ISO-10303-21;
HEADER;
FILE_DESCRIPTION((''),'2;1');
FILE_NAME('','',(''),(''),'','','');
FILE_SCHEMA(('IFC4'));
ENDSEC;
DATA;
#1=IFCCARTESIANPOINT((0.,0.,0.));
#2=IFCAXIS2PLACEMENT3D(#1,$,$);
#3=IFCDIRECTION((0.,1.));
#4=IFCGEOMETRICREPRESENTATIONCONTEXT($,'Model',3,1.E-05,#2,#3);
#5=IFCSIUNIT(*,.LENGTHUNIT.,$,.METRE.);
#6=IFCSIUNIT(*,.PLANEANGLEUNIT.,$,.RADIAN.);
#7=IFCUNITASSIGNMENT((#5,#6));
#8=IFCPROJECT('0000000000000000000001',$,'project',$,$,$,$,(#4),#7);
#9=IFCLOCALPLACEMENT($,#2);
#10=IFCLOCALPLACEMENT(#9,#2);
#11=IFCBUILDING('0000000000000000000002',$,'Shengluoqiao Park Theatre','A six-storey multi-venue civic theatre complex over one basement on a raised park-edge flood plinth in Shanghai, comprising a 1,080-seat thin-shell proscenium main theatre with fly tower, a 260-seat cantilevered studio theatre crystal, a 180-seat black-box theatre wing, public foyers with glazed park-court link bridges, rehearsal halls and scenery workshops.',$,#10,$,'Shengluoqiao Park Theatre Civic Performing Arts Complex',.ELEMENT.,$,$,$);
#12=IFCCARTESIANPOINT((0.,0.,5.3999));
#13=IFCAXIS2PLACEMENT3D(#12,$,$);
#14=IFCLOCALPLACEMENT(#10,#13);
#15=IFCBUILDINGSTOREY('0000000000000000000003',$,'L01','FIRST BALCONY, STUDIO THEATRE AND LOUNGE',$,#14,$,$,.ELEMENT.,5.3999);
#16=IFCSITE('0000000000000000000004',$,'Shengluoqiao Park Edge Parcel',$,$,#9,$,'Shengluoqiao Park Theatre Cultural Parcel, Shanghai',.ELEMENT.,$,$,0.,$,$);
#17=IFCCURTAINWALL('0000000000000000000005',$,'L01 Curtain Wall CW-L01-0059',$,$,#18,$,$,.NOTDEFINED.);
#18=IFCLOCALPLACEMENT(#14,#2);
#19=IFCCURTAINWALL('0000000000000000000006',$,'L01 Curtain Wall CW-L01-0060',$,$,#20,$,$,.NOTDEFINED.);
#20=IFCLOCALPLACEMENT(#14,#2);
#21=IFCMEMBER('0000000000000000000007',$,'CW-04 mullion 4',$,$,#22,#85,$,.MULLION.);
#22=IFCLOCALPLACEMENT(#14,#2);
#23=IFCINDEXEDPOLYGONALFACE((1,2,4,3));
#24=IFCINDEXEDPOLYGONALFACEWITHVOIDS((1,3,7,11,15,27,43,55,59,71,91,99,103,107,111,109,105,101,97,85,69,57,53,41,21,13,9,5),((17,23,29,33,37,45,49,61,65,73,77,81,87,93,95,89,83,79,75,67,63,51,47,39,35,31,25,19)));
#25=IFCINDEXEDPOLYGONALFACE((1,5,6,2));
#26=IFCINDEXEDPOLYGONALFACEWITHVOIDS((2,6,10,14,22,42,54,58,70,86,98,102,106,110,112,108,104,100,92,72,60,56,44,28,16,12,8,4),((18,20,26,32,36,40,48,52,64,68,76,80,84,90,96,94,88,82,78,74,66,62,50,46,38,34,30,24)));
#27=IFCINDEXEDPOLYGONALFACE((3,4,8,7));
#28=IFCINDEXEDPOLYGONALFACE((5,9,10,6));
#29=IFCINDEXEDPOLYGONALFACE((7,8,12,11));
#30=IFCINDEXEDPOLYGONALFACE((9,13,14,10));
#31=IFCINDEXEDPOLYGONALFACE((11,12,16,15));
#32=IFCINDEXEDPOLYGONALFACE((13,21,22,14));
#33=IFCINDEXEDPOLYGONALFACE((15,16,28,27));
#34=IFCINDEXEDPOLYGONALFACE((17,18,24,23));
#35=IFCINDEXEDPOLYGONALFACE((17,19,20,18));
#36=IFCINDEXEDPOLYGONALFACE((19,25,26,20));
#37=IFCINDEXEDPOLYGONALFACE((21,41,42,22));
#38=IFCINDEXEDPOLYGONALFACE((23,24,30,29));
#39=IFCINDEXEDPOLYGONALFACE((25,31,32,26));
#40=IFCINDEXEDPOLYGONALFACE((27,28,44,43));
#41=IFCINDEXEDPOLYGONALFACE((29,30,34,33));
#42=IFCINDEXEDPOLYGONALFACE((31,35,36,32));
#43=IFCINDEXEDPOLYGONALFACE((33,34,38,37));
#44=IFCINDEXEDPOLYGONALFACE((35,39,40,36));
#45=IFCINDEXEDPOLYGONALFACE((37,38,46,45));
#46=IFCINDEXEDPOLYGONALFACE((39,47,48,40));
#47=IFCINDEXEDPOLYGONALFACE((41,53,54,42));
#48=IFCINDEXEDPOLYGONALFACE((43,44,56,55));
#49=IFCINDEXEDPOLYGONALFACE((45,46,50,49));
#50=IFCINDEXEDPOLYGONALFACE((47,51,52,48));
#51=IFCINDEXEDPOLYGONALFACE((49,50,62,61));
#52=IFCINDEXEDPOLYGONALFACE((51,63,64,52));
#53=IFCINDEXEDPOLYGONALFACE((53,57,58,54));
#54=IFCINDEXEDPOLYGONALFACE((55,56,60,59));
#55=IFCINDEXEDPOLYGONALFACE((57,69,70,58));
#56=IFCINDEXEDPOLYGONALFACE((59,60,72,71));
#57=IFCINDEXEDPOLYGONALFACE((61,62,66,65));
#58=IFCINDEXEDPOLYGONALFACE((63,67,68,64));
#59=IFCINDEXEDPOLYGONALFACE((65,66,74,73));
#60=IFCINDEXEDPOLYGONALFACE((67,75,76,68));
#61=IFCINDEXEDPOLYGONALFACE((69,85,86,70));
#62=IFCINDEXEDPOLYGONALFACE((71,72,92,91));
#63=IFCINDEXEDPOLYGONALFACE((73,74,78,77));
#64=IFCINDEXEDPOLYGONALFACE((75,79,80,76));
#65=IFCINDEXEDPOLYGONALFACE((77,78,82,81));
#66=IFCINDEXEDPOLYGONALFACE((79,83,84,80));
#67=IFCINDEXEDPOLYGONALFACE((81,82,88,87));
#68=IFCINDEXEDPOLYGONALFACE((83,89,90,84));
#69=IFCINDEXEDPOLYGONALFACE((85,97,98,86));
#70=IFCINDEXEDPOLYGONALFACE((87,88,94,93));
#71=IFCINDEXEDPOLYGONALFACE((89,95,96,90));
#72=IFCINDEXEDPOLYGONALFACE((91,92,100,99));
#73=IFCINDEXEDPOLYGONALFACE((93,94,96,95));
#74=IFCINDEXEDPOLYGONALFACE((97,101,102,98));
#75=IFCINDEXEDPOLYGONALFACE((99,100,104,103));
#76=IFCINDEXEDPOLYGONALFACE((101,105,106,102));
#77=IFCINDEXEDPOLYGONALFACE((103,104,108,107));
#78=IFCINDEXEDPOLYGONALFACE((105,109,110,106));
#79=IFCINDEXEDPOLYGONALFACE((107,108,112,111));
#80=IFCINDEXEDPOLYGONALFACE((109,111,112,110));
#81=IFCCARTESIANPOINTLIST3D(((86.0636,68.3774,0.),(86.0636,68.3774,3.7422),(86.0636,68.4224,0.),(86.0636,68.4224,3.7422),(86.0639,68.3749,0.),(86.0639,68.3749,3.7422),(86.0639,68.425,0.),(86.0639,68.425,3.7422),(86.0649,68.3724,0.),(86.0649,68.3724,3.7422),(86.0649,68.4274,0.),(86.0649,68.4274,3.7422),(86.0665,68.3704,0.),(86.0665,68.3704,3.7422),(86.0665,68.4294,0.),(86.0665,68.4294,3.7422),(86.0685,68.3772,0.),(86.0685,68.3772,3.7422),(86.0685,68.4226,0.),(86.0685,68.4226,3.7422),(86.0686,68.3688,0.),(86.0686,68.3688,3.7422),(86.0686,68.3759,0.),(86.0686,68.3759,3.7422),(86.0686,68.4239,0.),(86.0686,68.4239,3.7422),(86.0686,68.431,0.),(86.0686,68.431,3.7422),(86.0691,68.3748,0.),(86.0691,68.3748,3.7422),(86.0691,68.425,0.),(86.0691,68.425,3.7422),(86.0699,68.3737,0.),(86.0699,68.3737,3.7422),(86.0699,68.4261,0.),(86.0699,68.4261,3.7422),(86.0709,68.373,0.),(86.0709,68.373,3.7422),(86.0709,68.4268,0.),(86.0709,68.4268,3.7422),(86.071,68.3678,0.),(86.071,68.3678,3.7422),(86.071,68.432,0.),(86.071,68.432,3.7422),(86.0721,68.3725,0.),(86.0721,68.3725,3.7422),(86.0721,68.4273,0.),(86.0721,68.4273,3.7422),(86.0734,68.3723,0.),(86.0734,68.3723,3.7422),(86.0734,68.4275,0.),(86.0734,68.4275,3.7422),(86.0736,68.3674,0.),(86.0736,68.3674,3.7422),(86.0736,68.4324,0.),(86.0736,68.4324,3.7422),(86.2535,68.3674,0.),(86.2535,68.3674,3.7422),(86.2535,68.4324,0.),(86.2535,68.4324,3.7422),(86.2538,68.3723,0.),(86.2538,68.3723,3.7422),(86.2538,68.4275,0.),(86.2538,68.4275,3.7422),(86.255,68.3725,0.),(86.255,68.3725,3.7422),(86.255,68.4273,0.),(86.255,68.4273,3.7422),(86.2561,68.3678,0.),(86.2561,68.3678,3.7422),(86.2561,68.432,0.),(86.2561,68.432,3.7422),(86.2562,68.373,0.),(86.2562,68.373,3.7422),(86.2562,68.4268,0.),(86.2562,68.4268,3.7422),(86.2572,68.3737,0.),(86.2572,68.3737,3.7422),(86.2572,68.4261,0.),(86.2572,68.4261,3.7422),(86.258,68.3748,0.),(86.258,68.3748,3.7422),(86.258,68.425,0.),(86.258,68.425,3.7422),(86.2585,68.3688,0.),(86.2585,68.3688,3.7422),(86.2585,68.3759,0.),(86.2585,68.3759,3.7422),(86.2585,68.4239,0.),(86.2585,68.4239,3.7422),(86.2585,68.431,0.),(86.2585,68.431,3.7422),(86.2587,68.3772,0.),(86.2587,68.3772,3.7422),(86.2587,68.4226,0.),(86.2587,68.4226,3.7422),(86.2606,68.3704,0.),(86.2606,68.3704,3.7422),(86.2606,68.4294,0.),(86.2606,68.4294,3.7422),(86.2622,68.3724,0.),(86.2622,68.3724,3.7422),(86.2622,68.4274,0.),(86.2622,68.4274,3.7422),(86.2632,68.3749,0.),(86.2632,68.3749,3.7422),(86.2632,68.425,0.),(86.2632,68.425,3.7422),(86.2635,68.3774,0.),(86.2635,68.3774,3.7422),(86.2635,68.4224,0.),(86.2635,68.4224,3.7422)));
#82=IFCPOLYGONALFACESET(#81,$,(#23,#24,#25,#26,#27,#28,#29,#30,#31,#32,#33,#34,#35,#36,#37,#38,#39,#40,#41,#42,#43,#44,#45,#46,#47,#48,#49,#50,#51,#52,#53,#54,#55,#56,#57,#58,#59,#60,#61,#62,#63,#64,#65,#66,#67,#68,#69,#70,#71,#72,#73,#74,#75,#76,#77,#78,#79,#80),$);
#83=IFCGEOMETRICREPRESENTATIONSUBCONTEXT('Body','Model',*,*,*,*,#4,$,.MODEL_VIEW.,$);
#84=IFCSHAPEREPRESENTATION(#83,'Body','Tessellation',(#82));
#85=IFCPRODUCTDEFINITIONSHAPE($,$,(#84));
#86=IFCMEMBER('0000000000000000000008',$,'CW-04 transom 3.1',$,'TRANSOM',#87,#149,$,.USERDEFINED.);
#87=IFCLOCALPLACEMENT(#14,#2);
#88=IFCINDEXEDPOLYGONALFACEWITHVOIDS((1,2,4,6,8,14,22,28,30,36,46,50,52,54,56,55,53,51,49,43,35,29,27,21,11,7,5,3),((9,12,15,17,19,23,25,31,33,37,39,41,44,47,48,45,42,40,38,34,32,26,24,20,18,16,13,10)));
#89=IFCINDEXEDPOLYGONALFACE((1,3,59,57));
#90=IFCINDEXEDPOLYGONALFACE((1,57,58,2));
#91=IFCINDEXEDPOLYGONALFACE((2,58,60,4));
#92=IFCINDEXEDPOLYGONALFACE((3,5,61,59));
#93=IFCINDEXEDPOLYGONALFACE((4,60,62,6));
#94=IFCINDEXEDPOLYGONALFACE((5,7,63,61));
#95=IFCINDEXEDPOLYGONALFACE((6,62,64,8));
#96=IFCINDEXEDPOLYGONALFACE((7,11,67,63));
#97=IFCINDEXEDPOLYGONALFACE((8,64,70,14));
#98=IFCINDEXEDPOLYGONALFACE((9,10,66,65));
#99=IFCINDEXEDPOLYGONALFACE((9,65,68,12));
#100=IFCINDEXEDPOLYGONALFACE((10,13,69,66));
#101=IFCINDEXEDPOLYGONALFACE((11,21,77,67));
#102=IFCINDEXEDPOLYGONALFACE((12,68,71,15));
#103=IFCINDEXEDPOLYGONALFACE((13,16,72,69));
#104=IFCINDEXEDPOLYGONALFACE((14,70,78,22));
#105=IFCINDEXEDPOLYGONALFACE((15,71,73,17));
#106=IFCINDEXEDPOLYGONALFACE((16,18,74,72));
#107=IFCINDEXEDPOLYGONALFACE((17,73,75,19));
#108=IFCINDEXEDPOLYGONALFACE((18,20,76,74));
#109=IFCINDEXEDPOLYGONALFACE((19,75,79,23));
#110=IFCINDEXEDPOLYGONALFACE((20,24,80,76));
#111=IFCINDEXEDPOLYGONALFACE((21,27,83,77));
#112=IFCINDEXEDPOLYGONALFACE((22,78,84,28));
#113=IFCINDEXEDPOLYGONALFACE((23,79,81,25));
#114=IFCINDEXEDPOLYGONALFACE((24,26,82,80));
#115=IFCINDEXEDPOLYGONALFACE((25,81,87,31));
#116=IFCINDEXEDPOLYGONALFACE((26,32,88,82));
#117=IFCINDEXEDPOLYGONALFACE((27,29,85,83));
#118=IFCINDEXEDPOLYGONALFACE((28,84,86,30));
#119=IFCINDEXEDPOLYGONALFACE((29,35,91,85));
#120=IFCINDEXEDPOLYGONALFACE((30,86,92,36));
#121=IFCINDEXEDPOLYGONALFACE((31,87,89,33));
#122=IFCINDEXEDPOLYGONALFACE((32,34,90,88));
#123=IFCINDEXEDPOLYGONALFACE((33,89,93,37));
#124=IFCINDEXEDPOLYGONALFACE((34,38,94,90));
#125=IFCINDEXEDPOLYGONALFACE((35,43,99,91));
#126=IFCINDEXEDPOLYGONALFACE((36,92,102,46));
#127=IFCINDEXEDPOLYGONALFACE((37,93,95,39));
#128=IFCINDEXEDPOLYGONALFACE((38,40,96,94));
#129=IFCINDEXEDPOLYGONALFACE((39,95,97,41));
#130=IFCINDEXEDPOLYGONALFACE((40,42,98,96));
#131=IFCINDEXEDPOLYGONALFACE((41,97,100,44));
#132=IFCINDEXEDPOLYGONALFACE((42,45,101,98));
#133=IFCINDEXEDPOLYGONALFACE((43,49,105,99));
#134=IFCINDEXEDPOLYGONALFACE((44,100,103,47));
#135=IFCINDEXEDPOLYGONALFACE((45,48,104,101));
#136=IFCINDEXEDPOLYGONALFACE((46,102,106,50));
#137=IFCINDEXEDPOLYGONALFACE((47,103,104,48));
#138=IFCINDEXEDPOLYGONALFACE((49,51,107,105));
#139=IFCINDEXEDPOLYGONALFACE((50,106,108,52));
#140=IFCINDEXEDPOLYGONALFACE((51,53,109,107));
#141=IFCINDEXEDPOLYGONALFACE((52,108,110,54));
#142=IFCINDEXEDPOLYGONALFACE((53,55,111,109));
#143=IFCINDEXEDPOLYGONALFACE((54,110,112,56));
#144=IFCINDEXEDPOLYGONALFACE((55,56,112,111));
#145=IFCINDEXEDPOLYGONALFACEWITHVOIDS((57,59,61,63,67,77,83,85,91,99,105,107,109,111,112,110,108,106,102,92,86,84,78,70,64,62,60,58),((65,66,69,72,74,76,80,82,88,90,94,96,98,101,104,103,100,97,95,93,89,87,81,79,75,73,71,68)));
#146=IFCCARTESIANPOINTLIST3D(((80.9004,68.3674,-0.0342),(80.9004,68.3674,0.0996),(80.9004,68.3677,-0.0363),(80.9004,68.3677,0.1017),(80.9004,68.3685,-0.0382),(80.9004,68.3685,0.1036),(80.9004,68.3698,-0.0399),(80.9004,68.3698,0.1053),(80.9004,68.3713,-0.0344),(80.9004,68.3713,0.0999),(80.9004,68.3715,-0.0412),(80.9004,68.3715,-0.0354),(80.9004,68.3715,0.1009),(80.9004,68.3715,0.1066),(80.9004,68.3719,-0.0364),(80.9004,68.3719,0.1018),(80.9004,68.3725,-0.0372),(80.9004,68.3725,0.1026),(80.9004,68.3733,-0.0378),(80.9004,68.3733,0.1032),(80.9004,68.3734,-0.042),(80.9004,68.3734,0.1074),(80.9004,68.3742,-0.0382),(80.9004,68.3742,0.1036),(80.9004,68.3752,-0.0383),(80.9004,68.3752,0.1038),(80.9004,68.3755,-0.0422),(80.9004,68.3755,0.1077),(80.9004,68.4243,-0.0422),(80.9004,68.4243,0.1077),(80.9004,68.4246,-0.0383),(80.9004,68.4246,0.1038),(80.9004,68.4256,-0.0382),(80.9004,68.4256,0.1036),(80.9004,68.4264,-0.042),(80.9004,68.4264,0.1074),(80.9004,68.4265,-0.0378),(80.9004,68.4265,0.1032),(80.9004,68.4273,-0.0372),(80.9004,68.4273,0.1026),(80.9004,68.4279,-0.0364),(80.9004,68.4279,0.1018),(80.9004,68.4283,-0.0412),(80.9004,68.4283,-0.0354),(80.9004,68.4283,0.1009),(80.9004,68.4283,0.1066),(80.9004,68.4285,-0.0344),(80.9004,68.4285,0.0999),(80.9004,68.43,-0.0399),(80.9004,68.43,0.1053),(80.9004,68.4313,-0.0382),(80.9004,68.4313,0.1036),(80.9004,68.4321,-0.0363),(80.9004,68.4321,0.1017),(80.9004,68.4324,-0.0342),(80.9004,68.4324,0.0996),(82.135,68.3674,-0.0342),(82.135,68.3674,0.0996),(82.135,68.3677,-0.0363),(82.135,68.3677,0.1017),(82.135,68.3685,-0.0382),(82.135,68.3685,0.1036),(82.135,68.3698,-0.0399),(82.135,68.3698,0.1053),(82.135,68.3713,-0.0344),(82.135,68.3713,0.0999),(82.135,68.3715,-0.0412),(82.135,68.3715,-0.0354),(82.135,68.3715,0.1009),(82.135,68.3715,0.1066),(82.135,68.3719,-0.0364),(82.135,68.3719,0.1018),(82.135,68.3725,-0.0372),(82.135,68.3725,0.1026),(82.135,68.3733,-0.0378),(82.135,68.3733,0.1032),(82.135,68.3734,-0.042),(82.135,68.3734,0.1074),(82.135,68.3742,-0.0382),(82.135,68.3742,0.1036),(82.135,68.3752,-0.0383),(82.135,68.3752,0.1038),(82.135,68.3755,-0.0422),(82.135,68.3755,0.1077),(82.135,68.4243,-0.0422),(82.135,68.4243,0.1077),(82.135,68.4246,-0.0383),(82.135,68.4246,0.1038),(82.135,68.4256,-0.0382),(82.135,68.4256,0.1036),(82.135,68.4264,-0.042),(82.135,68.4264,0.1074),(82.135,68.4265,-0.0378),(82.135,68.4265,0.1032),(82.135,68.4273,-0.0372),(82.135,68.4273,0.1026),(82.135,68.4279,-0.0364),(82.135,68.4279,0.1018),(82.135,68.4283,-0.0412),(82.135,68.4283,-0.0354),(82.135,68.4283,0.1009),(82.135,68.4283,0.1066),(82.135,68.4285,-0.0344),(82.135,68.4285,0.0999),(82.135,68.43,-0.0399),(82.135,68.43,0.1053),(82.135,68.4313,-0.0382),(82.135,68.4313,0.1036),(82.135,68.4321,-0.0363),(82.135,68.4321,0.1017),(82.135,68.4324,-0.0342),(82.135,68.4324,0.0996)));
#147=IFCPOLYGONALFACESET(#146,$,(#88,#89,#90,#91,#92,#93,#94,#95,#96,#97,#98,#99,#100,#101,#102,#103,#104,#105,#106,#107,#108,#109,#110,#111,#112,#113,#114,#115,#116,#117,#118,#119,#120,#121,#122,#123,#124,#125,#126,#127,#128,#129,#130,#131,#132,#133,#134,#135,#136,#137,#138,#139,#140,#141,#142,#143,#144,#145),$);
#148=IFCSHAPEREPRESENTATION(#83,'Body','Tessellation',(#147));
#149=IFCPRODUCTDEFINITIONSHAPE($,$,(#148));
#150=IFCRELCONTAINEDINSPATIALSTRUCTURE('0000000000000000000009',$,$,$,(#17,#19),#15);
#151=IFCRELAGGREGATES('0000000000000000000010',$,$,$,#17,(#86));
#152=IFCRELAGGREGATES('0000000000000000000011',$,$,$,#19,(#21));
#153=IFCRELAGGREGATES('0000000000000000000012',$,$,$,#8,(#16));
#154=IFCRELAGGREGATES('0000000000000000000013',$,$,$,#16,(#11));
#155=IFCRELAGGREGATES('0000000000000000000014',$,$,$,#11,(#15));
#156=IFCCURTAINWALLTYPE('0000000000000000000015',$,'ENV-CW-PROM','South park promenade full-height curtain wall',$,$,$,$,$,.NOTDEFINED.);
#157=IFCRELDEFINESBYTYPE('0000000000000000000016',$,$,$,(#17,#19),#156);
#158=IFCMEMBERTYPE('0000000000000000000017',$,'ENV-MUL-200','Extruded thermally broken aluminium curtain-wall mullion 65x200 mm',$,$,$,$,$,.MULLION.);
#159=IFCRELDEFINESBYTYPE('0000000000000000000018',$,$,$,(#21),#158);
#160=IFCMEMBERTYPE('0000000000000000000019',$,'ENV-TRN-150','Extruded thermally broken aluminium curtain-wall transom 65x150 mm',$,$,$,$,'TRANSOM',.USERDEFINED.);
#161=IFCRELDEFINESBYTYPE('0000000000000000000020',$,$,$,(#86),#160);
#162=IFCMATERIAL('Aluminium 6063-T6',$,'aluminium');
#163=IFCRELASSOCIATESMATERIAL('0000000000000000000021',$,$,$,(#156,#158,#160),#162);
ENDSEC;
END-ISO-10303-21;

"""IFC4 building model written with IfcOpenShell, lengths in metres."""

from ifc_helpers import new_model, si_unit, direction, frame, origin, origin_2d, place, context, subcontext, project, spatial, hollow_rectangle, extrude, material, material_profile, profile_set, type_object, element, aggregate, save


model = new_model("IFC4")

# Units and contexts
model_context = context("Model", 3, precision=1e-05, world=origin(), true_north=direction((0.0, 1.0)))
body_context = subcontext(model_context, "Body", "Model", "MODEL_VIEW")
ifc_project = project(units=[si_unit("LENGTHUNIT", "METRE"), si_unit("PLANEANGLEUNIT", "RADIAN")], contexts=[model_context])

# Site, building, storey
site_placement = place(None, origin())
site = spatial("IfcSite", under=ifc_project, at=site_placement, Name="Shengluoqiao Park Edge Parcel", LongName="Shengluoqiao Park Theatre Cultural Parcel, Shanghai", CompositionType="ELEMENT", RefElevation=0.0)
building_placement = place(site_placement, origin())
building = spatial("IfcBuilding", under=site, at=building_placement, Name="Shengluoqiao Park Theatre", Description="A six-storey multi-venue civic theatre complex over one basement on a raised park-edge flood plinth in Shanghai, comprising a 1,080-seat thin-shell proscenium main theatre with fly tower, a 260-seat cantilevered studio theatre crystal, a 180-seat black-box theatre wing, public foyers with glazed park-court link bridges, rehearsal halls and scenery workshops.", LongName="Shengluoqiao Park Theatre Civic Performing Arts Complex", CompositionType="ELEMENT")
storey_placement = place(building_placement, frame((0.0, 0.0, 5.3999)))
storey = spatial("IfcBuildingStorey", under=building, at=storey_placement, Name="L01", Description="FIRST BALCONY, STUDIO THEATRE AND LOUNGE", CompositionType="ELEMENT", Elevation=5.3999)

# Curtain walls, member
ifc_material_1 = material(Name="Aluminium 6063-T6", Category="aluminium")
curtain_wall_type = type_object("IfcCurtainWallType", Name="ENV-CW-PROM", Description="South park promenade full-height curtain wall", PredefinedType="NOTDEFINED", material=ifc_material_1)
curtain_wall_1_placement = place(storey_placement, origin())
curtain_wall_1 = element("IfcCurtainWall", 1, at=curtain_wall_1_placement, inside=storey, type_object=curtain_wall_type, Name="L01 Curtain Wall CW-L01-0059", PredefinedType="NOTDEFINED")
ifc_material_profile_1 = material_profile(ifc_material_1, hollow_rectangle(XDim=0.0649, YDim=0.2, WallThickness=0.0049, InnerFilletRadius=0.0049, OuterFilletRadius=0.01, at=origin_2d()), Name="ALU MULLION 200x65x5")
ifc_profile_set_1 = profile_set([ifc_material_profile_1], Name="Aluminium 6063-T6")
member_type_1 = type_object("IfcMemberType", Name="ENV-MUL-200", Description="Extruded thermally broken aluminium curtain-wall mullion 65x200 mm", PredefinedType="MULLION", material=ifc_profile_set_1)
curtain_wall_2_placement = place(storey_placement, origin())
curtain_wall_2 = element("IfcCurtainWall", 2, at=curtain_wall_2_placement, inside=storey, type_object=curtain_wall_type, Name="L01 Curtain Wall CW-L01-0060", PredefinedType="NOTDEFINED")
member_1_placement = place(storey_placement, frame((86.1636, 68.3999, 0.0), z_axis=(0.0, 0.0, 1.0), x_axis=(0.0, 1.0, 0.0)))
member_1 = element("IfcMember", 3, at=member_1_placement, type_object=member_type_1, Name="CW-04 mullion 4", PredefinedType="MULLION", context=body_context, shape_type="SweptSolid", body=[
    extrude(hollow_rectangle(XDim=0.0649, YDim=0.2, WallThickness=0.0049, InnerFilletRadius=0.0049, OuterFilletRadius=0.01, at=origin_2d()), origin(), (0.0, 0.0, 1.0), 3.7422),
])

# Member
ifc_material_profile_2 = material_profile(ifc_material_1, hollow_rectangle(XDim=0.0649, YDim=0.1499, WallThickness=0.0039, InnerFilletRadius=0.0039, OuterFilletRadius=0.0081, at=origin_2d()), Name="ALU TRANSOM 150x65x4")
ifc_profile_set_2 = profile_set([ifc_material_profile_2], Name="Aluminium 6063-T6")
member_type_2 = type_object("IfcMemberType", Name="ENV-TRN-150", Description="Extruded thermally broken aluminium curtain-wall transom 65x150 mm", ElementType="TRANSOM", PredefinedType="USERDEFINED", material=ifc_profile_set_2)
member_2_placement = place(storey_placement, frame((80.9004, 68.3999, 0.0327), z_axis=(1.0, 0.0, 0.0), x_axis=(0.0, 1.0, 0.0)))
member_2 = element("IfcMember", 4, at=member_2_placement, type_object=member_type_2, Name="CW-04 transom 3.1", ObjectType="TRANSOM", PredefinedType="USERDEFINED", context=body_context, shape_type="SweptSolid", body=[
    extrude(hollow_rectangle(XDim=0.0649, YDim=0.1499, WallThickness=0.0039, InnerFilletRadius=0.0039, OuterFilletRadius=0.0081, at=origin_2d()), origin(), (0.0, 0.0, 1.0), 1.2346),
])

aggregate(curtain_wall_1, [member_2])
aggregate(curtain_wall_2, [member_1])

save(model, "model.ifc")
